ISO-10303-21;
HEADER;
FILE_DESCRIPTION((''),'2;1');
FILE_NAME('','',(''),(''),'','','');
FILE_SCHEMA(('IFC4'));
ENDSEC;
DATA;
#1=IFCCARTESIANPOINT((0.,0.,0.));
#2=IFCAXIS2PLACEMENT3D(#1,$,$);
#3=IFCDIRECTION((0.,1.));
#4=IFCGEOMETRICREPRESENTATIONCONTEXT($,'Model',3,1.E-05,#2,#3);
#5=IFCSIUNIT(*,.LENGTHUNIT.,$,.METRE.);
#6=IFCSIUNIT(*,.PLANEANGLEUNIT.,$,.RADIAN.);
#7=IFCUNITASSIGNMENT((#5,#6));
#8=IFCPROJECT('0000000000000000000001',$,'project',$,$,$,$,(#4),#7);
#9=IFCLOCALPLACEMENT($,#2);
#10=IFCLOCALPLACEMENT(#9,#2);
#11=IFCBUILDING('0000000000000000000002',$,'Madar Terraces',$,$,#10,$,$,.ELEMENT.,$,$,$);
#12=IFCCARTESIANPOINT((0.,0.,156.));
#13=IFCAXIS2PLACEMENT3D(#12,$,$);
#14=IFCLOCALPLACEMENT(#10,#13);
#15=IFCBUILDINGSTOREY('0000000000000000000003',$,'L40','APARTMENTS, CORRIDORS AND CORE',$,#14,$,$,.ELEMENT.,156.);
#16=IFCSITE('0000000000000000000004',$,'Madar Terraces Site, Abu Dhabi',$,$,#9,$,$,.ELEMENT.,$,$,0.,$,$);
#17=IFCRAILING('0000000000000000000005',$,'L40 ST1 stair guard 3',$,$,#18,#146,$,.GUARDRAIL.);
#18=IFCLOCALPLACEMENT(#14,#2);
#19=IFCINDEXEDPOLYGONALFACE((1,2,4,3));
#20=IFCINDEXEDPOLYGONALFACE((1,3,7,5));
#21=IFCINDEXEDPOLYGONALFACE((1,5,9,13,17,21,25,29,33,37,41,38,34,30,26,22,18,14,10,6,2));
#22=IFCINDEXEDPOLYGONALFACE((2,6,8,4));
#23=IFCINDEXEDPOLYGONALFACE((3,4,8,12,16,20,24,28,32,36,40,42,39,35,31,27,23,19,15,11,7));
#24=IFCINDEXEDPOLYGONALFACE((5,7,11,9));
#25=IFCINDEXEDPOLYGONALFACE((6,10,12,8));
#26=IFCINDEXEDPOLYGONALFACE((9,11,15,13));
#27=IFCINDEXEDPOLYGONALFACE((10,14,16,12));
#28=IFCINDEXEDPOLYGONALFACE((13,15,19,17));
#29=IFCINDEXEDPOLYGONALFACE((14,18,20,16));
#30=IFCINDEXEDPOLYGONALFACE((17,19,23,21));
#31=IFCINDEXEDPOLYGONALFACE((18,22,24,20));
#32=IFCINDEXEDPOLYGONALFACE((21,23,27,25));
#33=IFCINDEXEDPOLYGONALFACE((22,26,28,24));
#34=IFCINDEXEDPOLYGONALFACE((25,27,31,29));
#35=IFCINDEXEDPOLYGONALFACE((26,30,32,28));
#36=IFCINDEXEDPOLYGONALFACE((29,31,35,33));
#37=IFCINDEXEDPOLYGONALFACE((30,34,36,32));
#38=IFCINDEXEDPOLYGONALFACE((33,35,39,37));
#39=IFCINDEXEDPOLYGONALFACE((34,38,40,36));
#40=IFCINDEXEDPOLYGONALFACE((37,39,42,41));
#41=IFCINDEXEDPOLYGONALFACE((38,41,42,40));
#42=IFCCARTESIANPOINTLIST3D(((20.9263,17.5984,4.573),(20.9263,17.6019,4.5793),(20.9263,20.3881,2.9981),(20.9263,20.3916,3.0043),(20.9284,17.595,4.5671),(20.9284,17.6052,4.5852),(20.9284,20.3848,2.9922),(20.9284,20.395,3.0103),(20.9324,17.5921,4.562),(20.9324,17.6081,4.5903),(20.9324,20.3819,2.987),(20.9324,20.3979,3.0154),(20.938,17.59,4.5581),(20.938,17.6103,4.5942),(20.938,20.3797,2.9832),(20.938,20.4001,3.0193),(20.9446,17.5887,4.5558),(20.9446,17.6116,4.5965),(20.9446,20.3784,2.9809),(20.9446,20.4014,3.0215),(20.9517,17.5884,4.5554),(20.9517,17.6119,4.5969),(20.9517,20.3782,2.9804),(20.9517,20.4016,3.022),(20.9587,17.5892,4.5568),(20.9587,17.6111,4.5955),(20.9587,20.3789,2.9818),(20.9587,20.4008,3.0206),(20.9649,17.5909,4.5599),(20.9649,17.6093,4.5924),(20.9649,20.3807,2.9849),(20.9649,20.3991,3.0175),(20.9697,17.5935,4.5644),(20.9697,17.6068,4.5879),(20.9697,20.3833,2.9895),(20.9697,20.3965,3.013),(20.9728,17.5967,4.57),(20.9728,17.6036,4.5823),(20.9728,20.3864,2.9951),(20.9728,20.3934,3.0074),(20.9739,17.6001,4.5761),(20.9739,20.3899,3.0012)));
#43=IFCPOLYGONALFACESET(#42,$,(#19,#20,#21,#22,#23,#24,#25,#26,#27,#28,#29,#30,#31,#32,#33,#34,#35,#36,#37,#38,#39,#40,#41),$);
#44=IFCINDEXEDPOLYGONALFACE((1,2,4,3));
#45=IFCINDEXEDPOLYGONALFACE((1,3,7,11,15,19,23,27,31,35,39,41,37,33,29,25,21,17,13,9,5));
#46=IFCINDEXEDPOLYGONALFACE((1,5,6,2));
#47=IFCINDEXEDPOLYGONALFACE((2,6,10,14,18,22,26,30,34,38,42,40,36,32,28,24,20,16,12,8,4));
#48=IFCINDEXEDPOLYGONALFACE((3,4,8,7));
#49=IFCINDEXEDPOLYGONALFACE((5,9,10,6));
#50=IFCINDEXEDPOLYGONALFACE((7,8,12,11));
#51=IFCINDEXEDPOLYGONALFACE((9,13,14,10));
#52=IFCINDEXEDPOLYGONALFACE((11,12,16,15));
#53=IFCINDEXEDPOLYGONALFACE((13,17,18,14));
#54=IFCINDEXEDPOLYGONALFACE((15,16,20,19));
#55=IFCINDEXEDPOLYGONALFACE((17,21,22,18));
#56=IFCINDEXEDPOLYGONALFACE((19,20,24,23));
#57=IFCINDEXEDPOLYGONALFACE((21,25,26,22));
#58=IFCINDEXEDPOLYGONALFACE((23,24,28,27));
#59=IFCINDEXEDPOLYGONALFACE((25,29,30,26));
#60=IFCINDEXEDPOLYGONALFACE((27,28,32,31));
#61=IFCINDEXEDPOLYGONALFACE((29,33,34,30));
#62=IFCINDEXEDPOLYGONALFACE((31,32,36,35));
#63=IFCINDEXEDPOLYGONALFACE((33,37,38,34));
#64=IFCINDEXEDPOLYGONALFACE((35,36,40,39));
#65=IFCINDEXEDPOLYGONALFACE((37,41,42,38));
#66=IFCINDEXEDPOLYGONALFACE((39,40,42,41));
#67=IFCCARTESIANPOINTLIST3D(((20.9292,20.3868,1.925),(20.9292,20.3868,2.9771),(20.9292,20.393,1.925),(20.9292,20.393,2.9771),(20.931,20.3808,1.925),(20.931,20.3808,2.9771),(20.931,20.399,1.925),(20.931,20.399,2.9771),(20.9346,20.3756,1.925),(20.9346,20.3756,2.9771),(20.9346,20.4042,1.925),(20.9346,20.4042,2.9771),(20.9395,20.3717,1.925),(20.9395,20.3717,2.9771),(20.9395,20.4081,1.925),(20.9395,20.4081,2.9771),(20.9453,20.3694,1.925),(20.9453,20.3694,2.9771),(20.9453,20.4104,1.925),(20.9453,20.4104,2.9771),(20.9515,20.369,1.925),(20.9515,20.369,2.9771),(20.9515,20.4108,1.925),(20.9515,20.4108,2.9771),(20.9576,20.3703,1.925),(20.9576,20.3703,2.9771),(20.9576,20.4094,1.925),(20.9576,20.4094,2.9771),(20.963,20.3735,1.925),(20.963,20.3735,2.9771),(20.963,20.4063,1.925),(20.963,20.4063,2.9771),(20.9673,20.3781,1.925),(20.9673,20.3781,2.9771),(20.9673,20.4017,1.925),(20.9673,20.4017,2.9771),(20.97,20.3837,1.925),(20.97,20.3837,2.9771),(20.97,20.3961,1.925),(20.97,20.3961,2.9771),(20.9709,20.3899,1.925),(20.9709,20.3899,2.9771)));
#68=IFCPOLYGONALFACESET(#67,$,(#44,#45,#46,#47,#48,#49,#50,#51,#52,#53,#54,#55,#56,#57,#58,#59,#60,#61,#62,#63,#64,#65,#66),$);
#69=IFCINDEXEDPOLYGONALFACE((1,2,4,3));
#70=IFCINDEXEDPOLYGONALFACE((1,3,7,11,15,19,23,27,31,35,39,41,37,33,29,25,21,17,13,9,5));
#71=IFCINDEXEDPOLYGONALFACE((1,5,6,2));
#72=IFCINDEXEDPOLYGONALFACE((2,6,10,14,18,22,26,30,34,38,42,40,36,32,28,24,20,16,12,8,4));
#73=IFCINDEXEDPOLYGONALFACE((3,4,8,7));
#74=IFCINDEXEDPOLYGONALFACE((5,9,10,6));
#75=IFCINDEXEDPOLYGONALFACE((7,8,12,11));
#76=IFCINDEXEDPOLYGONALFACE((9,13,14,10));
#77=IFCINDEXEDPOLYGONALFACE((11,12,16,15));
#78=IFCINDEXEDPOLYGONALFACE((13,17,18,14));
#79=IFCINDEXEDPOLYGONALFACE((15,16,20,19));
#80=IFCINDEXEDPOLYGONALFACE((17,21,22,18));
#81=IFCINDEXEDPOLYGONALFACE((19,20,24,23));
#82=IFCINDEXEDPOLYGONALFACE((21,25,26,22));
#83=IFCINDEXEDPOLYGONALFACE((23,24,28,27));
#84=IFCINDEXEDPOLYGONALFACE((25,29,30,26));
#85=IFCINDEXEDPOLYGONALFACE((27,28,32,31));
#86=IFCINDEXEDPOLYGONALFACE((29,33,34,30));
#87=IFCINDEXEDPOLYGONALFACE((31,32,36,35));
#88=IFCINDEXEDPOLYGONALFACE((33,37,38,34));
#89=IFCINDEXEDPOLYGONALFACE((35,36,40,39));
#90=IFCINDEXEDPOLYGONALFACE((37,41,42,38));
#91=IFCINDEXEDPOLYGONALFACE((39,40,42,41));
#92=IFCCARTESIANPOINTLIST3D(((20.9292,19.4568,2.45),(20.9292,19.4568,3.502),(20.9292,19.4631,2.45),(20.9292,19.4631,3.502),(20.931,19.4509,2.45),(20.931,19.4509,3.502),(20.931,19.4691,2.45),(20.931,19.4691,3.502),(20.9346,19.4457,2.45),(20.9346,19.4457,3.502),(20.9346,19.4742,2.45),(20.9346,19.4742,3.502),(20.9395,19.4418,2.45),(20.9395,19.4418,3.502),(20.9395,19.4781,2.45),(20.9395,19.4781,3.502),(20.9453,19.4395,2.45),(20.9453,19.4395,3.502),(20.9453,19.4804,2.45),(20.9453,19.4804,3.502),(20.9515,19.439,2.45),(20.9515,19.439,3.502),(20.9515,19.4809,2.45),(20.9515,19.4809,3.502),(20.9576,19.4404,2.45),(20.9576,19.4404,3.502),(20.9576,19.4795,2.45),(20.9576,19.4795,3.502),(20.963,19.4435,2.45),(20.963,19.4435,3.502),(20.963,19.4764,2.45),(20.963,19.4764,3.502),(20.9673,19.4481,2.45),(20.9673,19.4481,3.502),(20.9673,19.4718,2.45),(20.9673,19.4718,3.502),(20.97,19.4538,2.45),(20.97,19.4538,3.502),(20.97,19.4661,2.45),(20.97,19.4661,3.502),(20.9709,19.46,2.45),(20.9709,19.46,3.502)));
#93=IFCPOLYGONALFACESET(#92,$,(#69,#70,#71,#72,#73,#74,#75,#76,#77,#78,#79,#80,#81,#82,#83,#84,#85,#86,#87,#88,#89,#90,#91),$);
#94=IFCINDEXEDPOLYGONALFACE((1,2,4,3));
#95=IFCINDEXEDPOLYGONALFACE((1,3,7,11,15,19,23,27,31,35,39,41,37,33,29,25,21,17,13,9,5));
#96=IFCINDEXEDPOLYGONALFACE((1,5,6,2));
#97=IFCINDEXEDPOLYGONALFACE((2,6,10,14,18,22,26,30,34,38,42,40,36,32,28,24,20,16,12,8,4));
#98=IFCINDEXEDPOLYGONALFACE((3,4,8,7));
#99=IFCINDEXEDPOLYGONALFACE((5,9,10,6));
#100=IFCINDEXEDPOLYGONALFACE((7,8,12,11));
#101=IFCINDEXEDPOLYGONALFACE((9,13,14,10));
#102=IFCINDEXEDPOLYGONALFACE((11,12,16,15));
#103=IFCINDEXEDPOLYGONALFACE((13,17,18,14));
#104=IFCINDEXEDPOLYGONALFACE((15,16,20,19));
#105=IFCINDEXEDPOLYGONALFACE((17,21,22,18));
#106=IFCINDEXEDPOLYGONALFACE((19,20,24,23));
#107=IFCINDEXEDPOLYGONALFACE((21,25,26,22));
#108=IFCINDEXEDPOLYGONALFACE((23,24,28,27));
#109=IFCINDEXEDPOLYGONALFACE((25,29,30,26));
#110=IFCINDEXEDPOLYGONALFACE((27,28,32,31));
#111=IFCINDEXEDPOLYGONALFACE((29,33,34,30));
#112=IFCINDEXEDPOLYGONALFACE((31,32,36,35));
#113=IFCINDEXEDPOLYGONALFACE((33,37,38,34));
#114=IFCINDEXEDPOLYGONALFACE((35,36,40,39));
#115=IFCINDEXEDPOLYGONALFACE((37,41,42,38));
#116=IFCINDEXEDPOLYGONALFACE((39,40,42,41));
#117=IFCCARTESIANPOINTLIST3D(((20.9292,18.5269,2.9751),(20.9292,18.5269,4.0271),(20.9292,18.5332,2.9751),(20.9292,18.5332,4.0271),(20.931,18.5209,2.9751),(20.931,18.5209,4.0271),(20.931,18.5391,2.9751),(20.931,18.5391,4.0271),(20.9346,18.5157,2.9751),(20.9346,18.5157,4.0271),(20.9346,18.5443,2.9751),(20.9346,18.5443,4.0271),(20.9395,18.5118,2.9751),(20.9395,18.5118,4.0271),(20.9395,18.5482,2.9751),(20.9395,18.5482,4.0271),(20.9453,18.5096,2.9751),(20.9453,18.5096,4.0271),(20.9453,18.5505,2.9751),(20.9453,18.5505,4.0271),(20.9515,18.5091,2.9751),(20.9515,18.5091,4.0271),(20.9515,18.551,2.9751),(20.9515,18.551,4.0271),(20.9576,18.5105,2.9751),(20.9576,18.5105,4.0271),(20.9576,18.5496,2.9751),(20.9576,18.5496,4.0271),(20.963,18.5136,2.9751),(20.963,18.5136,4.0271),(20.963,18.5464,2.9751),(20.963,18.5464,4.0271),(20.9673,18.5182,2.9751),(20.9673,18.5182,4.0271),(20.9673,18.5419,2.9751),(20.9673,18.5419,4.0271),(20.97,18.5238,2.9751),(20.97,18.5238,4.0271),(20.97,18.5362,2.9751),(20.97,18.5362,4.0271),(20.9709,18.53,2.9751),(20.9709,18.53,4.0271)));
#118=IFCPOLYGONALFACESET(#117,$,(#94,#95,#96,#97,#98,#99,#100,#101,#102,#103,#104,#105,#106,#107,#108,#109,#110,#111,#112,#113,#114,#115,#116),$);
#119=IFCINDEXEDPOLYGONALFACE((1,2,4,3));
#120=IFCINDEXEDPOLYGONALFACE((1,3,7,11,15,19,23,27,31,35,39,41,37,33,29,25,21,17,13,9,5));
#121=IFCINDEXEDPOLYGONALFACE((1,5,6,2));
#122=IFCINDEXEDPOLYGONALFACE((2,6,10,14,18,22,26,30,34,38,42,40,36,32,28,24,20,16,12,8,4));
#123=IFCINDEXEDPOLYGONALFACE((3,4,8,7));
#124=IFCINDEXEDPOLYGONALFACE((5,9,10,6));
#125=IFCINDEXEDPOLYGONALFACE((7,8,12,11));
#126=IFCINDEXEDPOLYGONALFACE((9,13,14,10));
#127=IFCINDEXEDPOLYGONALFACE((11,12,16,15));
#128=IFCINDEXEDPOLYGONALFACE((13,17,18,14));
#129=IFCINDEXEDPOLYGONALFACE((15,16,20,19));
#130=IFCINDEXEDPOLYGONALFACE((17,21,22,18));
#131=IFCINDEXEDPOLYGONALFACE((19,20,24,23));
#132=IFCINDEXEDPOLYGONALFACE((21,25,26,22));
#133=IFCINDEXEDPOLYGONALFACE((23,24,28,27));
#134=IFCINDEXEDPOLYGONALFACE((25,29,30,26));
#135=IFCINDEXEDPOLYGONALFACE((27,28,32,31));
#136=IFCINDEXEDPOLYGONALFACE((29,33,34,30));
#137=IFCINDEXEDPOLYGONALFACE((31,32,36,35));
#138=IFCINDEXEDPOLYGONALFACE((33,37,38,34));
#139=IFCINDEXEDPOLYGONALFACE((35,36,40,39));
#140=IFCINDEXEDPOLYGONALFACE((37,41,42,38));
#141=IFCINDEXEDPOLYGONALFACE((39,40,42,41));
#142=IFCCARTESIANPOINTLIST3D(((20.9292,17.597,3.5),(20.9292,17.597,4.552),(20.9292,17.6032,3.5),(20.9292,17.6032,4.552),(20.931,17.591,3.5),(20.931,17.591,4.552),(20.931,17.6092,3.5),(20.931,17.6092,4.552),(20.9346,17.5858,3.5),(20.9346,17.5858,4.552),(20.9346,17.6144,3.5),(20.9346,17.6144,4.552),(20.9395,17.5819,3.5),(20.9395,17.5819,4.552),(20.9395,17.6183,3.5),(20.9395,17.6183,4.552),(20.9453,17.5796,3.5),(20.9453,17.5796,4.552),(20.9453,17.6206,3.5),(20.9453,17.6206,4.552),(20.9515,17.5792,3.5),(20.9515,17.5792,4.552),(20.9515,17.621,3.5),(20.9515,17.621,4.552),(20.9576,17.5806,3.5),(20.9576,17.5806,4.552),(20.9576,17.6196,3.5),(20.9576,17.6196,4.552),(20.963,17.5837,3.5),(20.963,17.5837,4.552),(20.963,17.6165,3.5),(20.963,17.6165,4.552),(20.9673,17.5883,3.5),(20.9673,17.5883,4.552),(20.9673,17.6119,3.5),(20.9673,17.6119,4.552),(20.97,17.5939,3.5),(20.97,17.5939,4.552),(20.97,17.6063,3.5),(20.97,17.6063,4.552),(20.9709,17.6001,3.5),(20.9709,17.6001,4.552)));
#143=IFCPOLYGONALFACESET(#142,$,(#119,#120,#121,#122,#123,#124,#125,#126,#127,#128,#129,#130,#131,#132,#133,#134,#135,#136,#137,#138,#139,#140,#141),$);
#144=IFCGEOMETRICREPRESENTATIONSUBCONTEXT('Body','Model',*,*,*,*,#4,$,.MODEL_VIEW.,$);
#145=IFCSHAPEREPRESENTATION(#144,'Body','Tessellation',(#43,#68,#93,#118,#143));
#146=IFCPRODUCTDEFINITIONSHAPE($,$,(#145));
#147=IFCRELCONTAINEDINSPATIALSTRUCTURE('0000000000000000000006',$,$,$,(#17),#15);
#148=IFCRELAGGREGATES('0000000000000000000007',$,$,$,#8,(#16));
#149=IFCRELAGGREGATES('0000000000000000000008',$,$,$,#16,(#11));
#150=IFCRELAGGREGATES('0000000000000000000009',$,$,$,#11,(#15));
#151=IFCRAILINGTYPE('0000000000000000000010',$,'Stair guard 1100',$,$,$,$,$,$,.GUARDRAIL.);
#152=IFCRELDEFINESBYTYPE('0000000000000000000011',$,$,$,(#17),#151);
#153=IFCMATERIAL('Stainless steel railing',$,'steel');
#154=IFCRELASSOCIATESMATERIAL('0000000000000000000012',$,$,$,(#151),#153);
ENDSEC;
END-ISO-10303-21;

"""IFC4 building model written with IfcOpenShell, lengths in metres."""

from ifc_helpers import new_model, si_unit, direction, frame, origin, origin_2d, place, context, subcontext, project, spatial, circle, extrude, material, type_object, element, save


model = new_model("IFC4")

# Units and contexts
model_context = context("Model", 3, precision=1e-05, world=origin(), true_north=direction((0.0, 1.0)))
body_context = subcontext(model_context, "Body", "Model", "MODEL_VIEW")
ifc_project = project(units=[si_unit("LENGTHUNIT", "METRE"), si_unit("PLANEANGLEUNIT", "RADIAN")], contexts=[model_context])

# Site, building, storey
site_placement = place(None, origin())
site = spatial("IfcSite", under=ifc_project, at=site_placement, Name="Madar Terraces Site, Abu Dhabi", CompositionType="ELEMENT", RefElevation=0.0)
building_placement = place(site_placement, origin())
building = spatial("IfcBuilding", under=site, at=building_placement, Name="Madar Terraces", CompositionType="ELEMENT")
storey_placement = place(building_placement, frame((0.0, 0.0, 156.0)))
storey = spatial("IfcBuildingStorey", under=building, at=storey_placement, Name="L40", Description="APARTMENTS, CORRIDORS AND CORE", CompositionType="ELEMENT", Elevation=156.0)

# Railing
ifc_material_1 = material(Name="Stainless steel railing", Category="steel")
railing_type_1 = type_object("IfcRailingType", Name="Stair guard 1100", PredefinedType="GUARDRAIL", material=ifc_material_1)
railing_1_placement = place(storey_placement, frame((20.95, 20.3899, 1.925)))
element("IfcRailing", 1, at=railing_1_placement, inside=storey, type_object=railing_type_1, Name="L40 ST1 stair guard 3", PredefinedType="GUARDRAIL", context=body_context, shape_type="SweptSolid", body=[
    extrude(circle(Radius=0.0239, at=origin_2d()), frame((0.0, 0.0, 1.0762), z_axis=(0.0, -0.870815, 0.49161), x_axis=(1.0, 0.0, 0.0)), (0.0, 0.0, 1.0), 3.2036),
    extrude(circle(Radius=0.021, at=origin_2d()), origin(), (0.0, 0.0, 1.0), 1.052),
    extrude(circle(Radius=0.021, at=origin_2d()), frame((0.0, -0.9299, 0.5249)), (0.0, 0.0, 1.0), 1.052),
    extrude(circle(Radius=0.021, at=origin_2d()), frame((0.0, -1.8599, 1.05)), (0.0, 0.0, 1.0), 1.052),
    extrude(circle(Radius=0.021, at=origin_2d()), frame((0.0, -2.7898, 1.575)), (0.0, 0.0, 1.0), 1.052),
])

save(model, "model.ifc")
